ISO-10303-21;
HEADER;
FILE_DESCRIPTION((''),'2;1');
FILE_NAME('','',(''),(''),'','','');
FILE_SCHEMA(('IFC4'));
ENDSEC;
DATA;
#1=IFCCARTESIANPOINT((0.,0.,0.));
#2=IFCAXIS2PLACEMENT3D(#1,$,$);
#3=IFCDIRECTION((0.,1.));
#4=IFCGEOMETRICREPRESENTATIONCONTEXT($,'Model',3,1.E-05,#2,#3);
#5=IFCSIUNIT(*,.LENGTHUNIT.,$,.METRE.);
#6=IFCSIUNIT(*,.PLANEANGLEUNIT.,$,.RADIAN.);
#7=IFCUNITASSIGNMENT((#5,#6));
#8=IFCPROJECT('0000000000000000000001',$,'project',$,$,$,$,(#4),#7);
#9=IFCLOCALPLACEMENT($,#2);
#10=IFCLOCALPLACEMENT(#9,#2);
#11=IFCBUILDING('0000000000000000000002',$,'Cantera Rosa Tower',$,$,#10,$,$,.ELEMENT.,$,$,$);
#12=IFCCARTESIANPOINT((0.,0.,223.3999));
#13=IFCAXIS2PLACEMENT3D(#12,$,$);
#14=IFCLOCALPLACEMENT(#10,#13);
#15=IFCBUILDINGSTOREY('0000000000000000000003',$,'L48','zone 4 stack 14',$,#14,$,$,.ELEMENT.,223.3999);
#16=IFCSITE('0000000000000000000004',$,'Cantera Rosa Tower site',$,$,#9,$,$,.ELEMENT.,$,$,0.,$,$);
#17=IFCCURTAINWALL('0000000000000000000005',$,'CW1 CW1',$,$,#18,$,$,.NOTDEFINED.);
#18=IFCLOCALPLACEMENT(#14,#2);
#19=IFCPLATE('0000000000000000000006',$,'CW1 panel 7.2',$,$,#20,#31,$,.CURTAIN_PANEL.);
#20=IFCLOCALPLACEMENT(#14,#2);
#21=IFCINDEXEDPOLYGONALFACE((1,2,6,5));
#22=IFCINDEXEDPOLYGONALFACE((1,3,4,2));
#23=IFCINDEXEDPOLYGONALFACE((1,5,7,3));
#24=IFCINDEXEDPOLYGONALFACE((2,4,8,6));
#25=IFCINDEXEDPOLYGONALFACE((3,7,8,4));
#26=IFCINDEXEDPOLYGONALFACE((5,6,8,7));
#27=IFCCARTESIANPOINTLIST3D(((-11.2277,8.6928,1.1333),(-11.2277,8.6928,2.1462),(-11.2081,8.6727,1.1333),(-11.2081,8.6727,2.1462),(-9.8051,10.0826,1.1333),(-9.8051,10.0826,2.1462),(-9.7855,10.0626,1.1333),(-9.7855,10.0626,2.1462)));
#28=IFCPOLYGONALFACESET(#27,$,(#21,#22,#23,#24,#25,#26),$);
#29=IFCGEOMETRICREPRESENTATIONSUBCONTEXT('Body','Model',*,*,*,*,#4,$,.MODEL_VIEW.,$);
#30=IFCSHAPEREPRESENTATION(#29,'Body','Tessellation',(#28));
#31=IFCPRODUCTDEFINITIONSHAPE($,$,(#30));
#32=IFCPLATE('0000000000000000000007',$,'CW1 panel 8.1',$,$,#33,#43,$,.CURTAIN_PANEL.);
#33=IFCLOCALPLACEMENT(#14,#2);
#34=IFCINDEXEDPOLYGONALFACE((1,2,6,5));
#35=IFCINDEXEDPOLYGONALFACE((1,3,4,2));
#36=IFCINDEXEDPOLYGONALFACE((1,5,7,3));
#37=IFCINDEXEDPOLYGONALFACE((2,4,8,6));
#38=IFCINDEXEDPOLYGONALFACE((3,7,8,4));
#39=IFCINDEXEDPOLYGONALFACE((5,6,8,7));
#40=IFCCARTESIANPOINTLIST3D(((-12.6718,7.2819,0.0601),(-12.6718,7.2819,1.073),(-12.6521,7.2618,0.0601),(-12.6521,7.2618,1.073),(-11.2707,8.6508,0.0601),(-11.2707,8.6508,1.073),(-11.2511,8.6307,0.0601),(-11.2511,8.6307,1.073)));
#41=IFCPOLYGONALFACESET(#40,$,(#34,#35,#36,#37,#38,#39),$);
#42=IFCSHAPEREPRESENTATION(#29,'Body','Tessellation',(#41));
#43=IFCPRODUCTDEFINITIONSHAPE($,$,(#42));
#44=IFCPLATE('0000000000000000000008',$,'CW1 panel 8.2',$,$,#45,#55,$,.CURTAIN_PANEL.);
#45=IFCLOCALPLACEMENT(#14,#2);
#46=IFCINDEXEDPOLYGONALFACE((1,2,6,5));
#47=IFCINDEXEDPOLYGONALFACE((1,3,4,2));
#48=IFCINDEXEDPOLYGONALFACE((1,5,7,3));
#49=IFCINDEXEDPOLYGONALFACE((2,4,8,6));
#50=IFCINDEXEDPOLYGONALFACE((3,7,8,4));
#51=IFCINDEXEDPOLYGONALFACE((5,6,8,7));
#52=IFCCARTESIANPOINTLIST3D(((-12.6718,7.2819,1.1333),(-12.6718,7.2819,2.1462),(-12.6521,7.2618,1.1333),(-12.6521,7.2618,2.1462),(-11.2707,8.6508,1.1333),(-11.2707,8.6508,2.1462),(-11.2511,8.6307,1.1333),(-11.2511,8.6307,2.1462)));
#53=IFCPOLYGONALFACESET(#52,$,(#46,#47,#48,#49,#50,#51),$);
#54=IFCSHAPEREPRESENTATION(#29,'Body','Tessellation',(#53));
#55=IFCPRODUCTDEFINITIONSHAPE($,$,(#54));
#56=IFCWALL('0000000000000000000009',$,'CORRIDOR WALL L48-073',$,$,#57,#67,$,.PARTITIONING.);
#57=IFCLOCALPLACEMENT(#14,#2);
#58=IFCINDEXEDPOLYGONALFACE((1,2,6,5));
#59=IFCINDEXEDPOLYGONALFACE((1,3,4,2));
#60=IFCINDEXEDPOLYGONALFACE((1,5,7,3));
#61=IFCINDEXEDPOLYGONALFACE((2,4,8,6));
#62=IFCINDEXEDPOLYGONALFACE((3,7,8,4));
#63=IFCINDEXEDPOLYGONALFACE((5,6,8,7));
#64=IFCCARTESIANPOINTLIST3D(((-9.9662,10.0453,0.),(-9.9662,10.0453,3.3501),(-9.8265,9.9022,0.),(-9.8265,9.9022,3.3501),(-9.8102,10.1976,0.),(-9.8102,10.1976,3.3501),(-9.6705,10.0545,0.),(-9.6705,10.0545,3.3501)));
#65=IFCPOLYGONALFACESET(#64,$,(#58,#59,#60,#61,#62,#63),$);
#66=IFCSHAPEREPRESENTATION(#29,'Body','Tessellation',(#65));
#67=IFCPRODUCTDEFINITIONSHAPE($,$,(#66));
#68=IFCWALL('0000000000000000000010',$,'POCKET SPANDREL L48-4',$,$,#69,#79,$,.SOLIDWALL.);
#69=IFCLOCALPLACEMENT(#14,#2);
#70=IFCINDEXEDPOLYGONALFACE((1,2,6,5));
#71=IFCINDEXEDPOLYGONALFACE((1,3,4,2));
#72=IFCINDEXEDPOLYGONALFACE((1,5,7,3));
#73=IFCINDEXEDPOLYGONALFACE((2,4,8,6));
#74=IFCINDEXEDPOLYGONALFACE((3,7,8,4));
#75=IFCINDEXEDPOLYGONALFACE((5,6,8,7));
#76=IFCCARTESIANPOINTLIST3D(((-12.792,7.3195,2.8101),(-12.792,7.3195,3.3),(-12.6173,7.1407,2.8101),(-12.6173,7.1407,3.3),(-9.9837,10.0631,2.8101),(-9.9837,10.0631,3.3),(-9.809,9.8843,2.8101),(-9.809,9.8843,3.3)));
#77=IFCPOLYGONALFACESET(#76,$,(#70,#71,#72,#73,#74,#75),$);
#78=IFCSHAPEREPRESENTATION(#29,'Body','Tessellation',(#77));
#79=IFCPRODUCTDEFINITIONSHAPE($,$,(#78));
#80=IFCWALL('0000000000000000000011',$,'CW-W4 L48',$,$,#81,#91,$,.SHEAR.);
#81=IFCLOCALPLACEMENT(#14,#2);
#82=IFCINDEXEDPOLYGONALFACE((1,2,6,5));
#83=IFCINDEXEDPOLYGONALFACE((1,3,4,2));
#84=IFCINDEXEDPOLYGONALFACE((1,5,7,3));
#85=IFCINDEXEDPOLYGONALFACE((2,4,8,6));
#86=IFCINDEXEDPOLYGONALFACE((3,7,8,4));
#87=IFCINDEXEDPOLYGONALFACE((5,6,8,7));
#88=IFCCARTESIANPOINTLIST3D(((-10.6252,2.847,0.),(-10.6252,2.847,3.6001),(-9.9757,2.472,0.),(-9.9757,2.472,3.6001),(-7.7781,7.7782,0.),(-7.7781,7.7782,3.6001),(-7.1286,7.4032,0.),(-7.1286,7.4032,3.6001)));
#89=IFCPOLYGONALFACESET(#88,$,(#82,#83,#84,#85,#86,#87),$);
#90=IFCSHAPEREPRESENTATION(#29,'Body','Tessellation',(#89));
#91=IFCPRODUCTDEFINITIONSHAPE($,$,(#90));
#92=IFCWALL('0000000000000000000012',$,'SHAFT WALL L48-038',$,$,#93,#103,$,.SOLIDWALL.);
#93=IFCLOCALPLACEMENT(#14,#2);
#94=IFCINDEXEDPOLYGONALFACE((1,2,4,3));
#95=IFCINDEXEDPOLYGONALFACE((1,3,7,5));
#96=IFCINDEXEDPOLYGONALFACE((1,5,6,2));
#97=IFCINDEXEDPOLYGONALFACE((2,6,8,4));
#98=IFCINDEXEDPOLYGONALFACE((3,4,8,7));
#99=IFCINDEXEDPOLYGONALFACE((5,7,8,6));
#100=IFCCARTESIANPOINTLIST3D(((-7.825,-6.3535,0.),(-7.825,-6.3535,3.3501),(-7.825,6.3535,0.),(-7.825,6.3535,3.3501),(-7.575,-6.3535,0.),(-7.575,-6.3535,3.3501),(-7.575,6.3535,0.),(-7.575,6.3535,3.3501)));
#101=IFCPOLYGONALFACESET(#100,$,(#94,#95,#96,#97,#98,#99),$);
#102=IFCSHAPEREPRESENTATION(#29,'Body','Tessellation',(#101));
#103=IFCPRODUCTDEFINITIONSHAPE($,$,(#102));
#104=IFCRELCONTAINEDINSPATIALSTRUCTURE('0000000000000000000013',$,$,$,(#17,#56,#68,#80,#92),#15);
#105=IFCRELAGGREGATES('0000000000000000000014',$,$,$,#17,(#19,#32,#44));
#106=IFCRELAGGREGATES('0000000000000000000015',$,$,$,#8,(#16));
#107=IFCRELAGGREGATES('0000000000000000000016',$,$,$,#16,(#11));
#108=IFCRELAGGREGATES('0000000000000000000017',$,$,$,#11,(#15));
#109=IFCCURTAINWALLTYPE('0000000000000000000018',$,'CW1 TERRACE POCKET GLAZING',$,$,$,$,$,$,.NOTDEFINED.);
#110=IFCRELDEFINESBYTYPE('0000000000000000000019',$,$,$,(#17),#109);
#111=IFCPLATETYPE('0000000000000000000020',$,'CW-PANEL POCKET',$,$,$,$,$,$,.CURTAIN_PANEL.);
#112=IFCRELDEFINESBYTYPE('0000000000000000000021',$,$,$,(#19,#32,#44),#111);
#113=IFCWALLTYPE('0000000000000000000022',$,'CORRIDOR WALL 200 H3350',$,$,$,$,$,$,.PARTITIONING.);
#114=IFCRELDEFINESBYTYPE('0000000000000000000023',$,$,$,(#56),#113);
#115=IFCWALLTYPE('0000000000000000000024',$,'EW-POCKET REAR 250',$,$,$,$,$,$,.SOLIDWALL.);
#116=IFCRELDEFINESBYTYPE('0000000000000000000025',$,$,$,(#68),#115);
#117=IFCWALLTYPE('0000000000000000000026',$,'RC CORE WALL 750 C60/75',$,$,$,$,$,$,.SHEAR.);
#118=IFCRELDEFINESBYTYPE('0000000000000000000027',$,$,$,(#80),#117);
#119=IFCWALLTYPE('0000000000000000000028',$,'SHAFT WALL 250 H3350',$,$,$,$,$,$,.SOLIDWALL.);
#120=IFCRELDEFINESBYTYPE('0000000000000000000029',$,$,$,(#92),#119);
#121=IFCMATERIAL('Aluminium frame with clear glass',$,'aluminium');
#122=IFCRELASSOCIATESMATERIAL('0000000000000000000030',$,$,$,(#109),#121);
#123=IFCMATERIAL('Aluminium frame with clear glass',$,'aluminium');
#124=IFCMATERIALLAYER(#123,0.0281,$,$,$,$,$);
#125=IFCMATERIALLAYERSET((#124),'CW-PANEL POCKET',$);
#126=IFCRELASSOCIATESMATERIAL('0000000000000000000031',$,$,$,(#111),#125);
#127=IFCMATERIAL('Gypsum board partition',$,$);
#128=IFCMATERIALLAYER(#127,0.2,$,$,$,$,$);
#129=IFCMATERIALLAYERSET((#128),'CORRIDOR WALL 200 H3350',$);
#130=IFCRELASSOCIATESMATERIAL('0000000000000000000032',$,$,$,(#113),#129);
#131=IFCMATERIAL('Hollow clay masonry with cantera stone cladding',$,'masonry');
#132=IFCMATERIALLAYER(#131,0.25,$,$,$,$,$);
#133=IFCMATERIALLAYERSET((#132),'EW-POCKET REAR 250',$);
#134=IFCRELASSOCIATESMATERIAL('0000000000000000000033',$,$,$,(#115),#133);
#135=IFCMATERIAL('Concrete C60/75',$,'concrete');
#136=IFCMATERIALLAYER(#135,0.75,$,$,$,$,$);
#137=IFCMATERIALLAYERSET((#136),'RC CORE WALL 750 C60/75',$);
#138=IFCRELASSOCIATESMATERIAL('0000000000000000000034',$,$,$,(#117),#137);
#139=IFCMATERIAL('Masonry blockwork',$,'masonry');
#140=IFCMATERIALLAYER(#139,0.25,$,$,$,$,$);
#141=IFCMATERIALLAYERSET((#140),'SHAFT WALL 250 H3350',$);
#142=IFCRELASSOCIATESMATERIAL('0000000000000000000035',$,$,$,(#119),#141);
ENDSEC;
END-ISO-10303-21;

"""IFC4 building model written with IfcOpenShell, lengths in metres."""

from ifc_helpers import new_model, si_unit, direction, frame, frame_2d, origin, origin_2d, place, context, subcontext, project, spatial, rectangle, extrude, material, layer, layer_set, type_object, element, aggregate, save


model = new_model("IFC4")

# Units and contexts
model_context = context("Model", 3, precision=1e-05, world=origin(), true_north=direction((0.0, 1.0)))
body_context = subcontext(model_context, "Body", "Model", "MODEL_VIEW")
ifc_project = project(units=[si_unit("LENGTHUNIT", "METRE"), si_unit("PLANEANGLEUNIT", "RADIAN")], contexts=[model_context])

# Site, building, storey
site_placement = place(None, origin())
site = spatial("IfcSite", under=ifc_project, at=site_placement, Name="Cantera Rosa Tower site", CompositionType="ELEMENT", RefElevation=0.0)
building_placement = place(site_placement, origin())
building = spatial("IfcBuilding", under=site, at=building_placement, Name="Cantera Rosa Tower", CompositionType="ELEMENT")
storey_placement = place(building_placement, frame((0.0, 0.0, 223.3999)))
storey = spatial("IfcBuildingStorey", under=building, at=storey_placement, Name="L48", Description="zone 4 stack 14", CompositionType="ELEMENT", Elevation=223.3999)

# Curtain wall
ifc_material_1 = material(Name="Aluminium frame with clear glass", Category="aluminium")
curtain_wall_type = type_object("IfcCurtainWallType", Name="CW1 TERRACE POCKET GLAZING", PredefinedType="NOTDEFINED", material=ifc_material_1)
curtain_wall_placement = place(storey_placement, origin())
curtain_wall = element("IfcCurtainWall", 1, at=curtain_wall_placement, inside=storey, type_object=curtain_wall_type, Name="CW1 CW1", PredefinedType="NOTDEFINED")

# Plates
ifc_material_2 = material(Name="Aluminium frame with clear glass", Category="aluminium")
ifc_layer_1 = layer(ifc_material_2, 0.0281)
ifc_layer_set_1 = layer_set([ifc_layer_1], Name="CW-PANEL POCKET")
plate_type = type_object("IfcPlateType", Name="CW-PANEL POCKET", PredefinedType="CURTAIN_PANEL", material=ifc_layer_set_1)
plate_1_placement = place(storey_placement, frame((-10.5066, 9.3777, 1.1333), z_axis=(0.0, 0.0, 1.0), x_axis=(-0.715286, -0.698832, 0.0)))
plate_1 = element("IfcPlate", 2, at=plate_1_placement, type_object=plate_type, Name="CW1 panel 7.2", PredefinedType="CURTAIN_PANEL", context=body_context, shape_type="SweptSolid", body=[
    extrude(rectangle(XDim=1.9888, YDim=0.0281, at=origin_2d()), origin(), (0.0, 0.0, 1.0), 1.0129),
])
plate_2_placement = place(storey_placement, frame((-11.9614, 7.9563, 0.0601), z_axis=(0.0, 0.0, 1.0), x_axis=(-0.715286, -0.698832, 0.0)))
plate_2 = element("IfcPlate", 3, at=plate_2_placement, type_object=plate_type, Name="CW1 panel 8.1", PredefinedType="CURTAIN_PANEL", context=body_context, shape_type="SweptSolid", body=[
    extrude(rectangle(XDim=1.9587, YDim=0.0281, at=origin_2d()), origin(), (0.0, 0.0, 1.0), 1.0129),
])
plate_3_placement = place(storey_placement, frame((-11.9614, 7.9563, 1.1333), z_axis=(0.0, 0.0, 1.0), x_axis=(-0.715286, -0.698832, 0.0)))
plate_3 = element("IfcPlate", 4, at=plate_3_placement, type_object=plate_type, Name="CW1 panel 8.2", PredefinedType="CURTAIN_PANEL", context=body_context, shape_type="SweptSolid", body=[
    extrude(rectangle(XDim=1.9587, YDim=0.0281, at=origin_2d()), origin(), (0.0, 0.0, 1.0), 1.0129),
])
aggregate(curtain_wall, [plate_1, plate_2, plate_3])

# Walls
ifc_material_3 = material(Name="Gypsum board partition")
ifc_layer_2 = layer(ifc_material_3, 0.2)
ifc_layer_set_2 = layer_set([ifc_layer_2], Name="CORRIDOR WALL 200 H3350")
wall_type_1 = type_object("IfcWallType", Name="CORRIDOR WALL 200 H3350", PredefinedType="PARTITIONING", material=ifc_layer_set_2)
wall_1_placement = place(storey_placement, frame((-9.7405, 10.126, 0.0), z_axis=(0.0, 0.0, 1.0), x_axis=(-0.715454, -0.69866, 0.0)))
element("IfcWall", 5, at=wall_1_placement, inside=storey, type_object=wall_type_1, Name="CORRIDOR WALL L48-073", PredefinedType="PARTITIONING", context=body_context, shape_type="SweptSolid", body=[
    extrude(rectangle(XDim=0.218, YDim=0.2, at=frame_2d((0.1089, 0.0))), origin(), (0.0, 0.0, 1.0), 3.3501),
])
ifc_material_4 = material(Name="Hollow clay masonry with cantera stone cladding", Category="masonry")
ifc_layer_3 = layer(ifc_material_4, 0.25)
ifc_layer_set_3 = layer_set([ifc_layer_3], Name="EW-POCKET REAR 250")
wall_type_2 = type_object("IfcWallType", Name="EW-POCKET REAR 250", PredefinedType="SOLIDWALL", material=ifc_layer_set_3)
wall_2_placement = place(storey_placement, frame((-9.8965, 9.9736, 2.8101), z_axis=(0.0, 0.0, 1.0), x_axis=(-0.715298, -0.698819, 0.0)))
element("IfcWall", 6, at=wall_2_placement, inside=storey, type_object=wall_type_2, Name="POCKET SPANDREL L48-4", PredefinedType="SOLIDWALL", context=body_context, shape_type="SweptSolid", body=[
    extrude(rectangle(XDim=3.926, YDim=0.25, at=frame_2d((1.9629, 0.0))), origin(), (0.0, 0.0, 1.0), 0.49),
])
ifc_material_5 = material(Name="Concrete C60/75", Category="concrete")
ifc_layer_4 = layer(ifc_material_5, 0.75)
ifc_layer_set_4 = layer_set([ifc_layer_4], Name="RC CORE WALL 750 C60/75")
wall_type_3 = type_object("IfcWallType", Name="RC CORE WALL 750 C60/75", PredefinedType="SHEAR", material=ifc_layer_set_4)
wall_3_placement = place(storey_placement, frame((-10.3005, 2.6594, 0.0), z_axis=(0.0, 0.0, 1.0), x_axis=(0.500022, 0.866013, 0.0)))
element("IfcWall", 7, at=wall_3_placement, inside=storey, type_object=wall_type_3, Name="CW-W4 L48", PredefinedType="SHEAR", context=body_context, shape_type="SweptSolid", body=[
    extrude(rectangle(XDim=5.6941, YDim=0.75, at=frame_2d((2.8472, 0.0))), origin(), (0.0, 0.0, 1.0), 3.6001),
])
ifc_material_6 = material(Name="Masonry blockwork", Category="masonry")
ifc_layer_5 = layer(ifc_material_6, 0.25)
ifc_layer_set_5 = layer_set([ifc_layer_5], Name="SHAFT WALL 250 H3350")
wall_type_4 = type_object("IfcWallType", Name="SHAFT WALL 250 H3350", PredefinedType="SOLIDWALL", material=ifc_layer_set_5)
wall_4_placement = place(storey_placement, frame((-7.7, 6.3535, 0.0), z_axis=(0.0, 0.0, 1.0), x_axis=(0.0, -1.0, 0.0)))
element("IfcWall", 8, at=wall_4_placement, inside=storey, type_object=wall_type_4, Name="SHAFT WALL L48-038", PredefinedType="SOLIDWALL", context=body_context, shape_type="SweptSolid", body=[
    extrude(rectangle(XDim=12.707, YDim=0.25, at=frame_2d((6.3535, 0.0))), origin(), (0.0, 0.0, 1.0), 3.3501),
])

save(model, "model.ifc")
